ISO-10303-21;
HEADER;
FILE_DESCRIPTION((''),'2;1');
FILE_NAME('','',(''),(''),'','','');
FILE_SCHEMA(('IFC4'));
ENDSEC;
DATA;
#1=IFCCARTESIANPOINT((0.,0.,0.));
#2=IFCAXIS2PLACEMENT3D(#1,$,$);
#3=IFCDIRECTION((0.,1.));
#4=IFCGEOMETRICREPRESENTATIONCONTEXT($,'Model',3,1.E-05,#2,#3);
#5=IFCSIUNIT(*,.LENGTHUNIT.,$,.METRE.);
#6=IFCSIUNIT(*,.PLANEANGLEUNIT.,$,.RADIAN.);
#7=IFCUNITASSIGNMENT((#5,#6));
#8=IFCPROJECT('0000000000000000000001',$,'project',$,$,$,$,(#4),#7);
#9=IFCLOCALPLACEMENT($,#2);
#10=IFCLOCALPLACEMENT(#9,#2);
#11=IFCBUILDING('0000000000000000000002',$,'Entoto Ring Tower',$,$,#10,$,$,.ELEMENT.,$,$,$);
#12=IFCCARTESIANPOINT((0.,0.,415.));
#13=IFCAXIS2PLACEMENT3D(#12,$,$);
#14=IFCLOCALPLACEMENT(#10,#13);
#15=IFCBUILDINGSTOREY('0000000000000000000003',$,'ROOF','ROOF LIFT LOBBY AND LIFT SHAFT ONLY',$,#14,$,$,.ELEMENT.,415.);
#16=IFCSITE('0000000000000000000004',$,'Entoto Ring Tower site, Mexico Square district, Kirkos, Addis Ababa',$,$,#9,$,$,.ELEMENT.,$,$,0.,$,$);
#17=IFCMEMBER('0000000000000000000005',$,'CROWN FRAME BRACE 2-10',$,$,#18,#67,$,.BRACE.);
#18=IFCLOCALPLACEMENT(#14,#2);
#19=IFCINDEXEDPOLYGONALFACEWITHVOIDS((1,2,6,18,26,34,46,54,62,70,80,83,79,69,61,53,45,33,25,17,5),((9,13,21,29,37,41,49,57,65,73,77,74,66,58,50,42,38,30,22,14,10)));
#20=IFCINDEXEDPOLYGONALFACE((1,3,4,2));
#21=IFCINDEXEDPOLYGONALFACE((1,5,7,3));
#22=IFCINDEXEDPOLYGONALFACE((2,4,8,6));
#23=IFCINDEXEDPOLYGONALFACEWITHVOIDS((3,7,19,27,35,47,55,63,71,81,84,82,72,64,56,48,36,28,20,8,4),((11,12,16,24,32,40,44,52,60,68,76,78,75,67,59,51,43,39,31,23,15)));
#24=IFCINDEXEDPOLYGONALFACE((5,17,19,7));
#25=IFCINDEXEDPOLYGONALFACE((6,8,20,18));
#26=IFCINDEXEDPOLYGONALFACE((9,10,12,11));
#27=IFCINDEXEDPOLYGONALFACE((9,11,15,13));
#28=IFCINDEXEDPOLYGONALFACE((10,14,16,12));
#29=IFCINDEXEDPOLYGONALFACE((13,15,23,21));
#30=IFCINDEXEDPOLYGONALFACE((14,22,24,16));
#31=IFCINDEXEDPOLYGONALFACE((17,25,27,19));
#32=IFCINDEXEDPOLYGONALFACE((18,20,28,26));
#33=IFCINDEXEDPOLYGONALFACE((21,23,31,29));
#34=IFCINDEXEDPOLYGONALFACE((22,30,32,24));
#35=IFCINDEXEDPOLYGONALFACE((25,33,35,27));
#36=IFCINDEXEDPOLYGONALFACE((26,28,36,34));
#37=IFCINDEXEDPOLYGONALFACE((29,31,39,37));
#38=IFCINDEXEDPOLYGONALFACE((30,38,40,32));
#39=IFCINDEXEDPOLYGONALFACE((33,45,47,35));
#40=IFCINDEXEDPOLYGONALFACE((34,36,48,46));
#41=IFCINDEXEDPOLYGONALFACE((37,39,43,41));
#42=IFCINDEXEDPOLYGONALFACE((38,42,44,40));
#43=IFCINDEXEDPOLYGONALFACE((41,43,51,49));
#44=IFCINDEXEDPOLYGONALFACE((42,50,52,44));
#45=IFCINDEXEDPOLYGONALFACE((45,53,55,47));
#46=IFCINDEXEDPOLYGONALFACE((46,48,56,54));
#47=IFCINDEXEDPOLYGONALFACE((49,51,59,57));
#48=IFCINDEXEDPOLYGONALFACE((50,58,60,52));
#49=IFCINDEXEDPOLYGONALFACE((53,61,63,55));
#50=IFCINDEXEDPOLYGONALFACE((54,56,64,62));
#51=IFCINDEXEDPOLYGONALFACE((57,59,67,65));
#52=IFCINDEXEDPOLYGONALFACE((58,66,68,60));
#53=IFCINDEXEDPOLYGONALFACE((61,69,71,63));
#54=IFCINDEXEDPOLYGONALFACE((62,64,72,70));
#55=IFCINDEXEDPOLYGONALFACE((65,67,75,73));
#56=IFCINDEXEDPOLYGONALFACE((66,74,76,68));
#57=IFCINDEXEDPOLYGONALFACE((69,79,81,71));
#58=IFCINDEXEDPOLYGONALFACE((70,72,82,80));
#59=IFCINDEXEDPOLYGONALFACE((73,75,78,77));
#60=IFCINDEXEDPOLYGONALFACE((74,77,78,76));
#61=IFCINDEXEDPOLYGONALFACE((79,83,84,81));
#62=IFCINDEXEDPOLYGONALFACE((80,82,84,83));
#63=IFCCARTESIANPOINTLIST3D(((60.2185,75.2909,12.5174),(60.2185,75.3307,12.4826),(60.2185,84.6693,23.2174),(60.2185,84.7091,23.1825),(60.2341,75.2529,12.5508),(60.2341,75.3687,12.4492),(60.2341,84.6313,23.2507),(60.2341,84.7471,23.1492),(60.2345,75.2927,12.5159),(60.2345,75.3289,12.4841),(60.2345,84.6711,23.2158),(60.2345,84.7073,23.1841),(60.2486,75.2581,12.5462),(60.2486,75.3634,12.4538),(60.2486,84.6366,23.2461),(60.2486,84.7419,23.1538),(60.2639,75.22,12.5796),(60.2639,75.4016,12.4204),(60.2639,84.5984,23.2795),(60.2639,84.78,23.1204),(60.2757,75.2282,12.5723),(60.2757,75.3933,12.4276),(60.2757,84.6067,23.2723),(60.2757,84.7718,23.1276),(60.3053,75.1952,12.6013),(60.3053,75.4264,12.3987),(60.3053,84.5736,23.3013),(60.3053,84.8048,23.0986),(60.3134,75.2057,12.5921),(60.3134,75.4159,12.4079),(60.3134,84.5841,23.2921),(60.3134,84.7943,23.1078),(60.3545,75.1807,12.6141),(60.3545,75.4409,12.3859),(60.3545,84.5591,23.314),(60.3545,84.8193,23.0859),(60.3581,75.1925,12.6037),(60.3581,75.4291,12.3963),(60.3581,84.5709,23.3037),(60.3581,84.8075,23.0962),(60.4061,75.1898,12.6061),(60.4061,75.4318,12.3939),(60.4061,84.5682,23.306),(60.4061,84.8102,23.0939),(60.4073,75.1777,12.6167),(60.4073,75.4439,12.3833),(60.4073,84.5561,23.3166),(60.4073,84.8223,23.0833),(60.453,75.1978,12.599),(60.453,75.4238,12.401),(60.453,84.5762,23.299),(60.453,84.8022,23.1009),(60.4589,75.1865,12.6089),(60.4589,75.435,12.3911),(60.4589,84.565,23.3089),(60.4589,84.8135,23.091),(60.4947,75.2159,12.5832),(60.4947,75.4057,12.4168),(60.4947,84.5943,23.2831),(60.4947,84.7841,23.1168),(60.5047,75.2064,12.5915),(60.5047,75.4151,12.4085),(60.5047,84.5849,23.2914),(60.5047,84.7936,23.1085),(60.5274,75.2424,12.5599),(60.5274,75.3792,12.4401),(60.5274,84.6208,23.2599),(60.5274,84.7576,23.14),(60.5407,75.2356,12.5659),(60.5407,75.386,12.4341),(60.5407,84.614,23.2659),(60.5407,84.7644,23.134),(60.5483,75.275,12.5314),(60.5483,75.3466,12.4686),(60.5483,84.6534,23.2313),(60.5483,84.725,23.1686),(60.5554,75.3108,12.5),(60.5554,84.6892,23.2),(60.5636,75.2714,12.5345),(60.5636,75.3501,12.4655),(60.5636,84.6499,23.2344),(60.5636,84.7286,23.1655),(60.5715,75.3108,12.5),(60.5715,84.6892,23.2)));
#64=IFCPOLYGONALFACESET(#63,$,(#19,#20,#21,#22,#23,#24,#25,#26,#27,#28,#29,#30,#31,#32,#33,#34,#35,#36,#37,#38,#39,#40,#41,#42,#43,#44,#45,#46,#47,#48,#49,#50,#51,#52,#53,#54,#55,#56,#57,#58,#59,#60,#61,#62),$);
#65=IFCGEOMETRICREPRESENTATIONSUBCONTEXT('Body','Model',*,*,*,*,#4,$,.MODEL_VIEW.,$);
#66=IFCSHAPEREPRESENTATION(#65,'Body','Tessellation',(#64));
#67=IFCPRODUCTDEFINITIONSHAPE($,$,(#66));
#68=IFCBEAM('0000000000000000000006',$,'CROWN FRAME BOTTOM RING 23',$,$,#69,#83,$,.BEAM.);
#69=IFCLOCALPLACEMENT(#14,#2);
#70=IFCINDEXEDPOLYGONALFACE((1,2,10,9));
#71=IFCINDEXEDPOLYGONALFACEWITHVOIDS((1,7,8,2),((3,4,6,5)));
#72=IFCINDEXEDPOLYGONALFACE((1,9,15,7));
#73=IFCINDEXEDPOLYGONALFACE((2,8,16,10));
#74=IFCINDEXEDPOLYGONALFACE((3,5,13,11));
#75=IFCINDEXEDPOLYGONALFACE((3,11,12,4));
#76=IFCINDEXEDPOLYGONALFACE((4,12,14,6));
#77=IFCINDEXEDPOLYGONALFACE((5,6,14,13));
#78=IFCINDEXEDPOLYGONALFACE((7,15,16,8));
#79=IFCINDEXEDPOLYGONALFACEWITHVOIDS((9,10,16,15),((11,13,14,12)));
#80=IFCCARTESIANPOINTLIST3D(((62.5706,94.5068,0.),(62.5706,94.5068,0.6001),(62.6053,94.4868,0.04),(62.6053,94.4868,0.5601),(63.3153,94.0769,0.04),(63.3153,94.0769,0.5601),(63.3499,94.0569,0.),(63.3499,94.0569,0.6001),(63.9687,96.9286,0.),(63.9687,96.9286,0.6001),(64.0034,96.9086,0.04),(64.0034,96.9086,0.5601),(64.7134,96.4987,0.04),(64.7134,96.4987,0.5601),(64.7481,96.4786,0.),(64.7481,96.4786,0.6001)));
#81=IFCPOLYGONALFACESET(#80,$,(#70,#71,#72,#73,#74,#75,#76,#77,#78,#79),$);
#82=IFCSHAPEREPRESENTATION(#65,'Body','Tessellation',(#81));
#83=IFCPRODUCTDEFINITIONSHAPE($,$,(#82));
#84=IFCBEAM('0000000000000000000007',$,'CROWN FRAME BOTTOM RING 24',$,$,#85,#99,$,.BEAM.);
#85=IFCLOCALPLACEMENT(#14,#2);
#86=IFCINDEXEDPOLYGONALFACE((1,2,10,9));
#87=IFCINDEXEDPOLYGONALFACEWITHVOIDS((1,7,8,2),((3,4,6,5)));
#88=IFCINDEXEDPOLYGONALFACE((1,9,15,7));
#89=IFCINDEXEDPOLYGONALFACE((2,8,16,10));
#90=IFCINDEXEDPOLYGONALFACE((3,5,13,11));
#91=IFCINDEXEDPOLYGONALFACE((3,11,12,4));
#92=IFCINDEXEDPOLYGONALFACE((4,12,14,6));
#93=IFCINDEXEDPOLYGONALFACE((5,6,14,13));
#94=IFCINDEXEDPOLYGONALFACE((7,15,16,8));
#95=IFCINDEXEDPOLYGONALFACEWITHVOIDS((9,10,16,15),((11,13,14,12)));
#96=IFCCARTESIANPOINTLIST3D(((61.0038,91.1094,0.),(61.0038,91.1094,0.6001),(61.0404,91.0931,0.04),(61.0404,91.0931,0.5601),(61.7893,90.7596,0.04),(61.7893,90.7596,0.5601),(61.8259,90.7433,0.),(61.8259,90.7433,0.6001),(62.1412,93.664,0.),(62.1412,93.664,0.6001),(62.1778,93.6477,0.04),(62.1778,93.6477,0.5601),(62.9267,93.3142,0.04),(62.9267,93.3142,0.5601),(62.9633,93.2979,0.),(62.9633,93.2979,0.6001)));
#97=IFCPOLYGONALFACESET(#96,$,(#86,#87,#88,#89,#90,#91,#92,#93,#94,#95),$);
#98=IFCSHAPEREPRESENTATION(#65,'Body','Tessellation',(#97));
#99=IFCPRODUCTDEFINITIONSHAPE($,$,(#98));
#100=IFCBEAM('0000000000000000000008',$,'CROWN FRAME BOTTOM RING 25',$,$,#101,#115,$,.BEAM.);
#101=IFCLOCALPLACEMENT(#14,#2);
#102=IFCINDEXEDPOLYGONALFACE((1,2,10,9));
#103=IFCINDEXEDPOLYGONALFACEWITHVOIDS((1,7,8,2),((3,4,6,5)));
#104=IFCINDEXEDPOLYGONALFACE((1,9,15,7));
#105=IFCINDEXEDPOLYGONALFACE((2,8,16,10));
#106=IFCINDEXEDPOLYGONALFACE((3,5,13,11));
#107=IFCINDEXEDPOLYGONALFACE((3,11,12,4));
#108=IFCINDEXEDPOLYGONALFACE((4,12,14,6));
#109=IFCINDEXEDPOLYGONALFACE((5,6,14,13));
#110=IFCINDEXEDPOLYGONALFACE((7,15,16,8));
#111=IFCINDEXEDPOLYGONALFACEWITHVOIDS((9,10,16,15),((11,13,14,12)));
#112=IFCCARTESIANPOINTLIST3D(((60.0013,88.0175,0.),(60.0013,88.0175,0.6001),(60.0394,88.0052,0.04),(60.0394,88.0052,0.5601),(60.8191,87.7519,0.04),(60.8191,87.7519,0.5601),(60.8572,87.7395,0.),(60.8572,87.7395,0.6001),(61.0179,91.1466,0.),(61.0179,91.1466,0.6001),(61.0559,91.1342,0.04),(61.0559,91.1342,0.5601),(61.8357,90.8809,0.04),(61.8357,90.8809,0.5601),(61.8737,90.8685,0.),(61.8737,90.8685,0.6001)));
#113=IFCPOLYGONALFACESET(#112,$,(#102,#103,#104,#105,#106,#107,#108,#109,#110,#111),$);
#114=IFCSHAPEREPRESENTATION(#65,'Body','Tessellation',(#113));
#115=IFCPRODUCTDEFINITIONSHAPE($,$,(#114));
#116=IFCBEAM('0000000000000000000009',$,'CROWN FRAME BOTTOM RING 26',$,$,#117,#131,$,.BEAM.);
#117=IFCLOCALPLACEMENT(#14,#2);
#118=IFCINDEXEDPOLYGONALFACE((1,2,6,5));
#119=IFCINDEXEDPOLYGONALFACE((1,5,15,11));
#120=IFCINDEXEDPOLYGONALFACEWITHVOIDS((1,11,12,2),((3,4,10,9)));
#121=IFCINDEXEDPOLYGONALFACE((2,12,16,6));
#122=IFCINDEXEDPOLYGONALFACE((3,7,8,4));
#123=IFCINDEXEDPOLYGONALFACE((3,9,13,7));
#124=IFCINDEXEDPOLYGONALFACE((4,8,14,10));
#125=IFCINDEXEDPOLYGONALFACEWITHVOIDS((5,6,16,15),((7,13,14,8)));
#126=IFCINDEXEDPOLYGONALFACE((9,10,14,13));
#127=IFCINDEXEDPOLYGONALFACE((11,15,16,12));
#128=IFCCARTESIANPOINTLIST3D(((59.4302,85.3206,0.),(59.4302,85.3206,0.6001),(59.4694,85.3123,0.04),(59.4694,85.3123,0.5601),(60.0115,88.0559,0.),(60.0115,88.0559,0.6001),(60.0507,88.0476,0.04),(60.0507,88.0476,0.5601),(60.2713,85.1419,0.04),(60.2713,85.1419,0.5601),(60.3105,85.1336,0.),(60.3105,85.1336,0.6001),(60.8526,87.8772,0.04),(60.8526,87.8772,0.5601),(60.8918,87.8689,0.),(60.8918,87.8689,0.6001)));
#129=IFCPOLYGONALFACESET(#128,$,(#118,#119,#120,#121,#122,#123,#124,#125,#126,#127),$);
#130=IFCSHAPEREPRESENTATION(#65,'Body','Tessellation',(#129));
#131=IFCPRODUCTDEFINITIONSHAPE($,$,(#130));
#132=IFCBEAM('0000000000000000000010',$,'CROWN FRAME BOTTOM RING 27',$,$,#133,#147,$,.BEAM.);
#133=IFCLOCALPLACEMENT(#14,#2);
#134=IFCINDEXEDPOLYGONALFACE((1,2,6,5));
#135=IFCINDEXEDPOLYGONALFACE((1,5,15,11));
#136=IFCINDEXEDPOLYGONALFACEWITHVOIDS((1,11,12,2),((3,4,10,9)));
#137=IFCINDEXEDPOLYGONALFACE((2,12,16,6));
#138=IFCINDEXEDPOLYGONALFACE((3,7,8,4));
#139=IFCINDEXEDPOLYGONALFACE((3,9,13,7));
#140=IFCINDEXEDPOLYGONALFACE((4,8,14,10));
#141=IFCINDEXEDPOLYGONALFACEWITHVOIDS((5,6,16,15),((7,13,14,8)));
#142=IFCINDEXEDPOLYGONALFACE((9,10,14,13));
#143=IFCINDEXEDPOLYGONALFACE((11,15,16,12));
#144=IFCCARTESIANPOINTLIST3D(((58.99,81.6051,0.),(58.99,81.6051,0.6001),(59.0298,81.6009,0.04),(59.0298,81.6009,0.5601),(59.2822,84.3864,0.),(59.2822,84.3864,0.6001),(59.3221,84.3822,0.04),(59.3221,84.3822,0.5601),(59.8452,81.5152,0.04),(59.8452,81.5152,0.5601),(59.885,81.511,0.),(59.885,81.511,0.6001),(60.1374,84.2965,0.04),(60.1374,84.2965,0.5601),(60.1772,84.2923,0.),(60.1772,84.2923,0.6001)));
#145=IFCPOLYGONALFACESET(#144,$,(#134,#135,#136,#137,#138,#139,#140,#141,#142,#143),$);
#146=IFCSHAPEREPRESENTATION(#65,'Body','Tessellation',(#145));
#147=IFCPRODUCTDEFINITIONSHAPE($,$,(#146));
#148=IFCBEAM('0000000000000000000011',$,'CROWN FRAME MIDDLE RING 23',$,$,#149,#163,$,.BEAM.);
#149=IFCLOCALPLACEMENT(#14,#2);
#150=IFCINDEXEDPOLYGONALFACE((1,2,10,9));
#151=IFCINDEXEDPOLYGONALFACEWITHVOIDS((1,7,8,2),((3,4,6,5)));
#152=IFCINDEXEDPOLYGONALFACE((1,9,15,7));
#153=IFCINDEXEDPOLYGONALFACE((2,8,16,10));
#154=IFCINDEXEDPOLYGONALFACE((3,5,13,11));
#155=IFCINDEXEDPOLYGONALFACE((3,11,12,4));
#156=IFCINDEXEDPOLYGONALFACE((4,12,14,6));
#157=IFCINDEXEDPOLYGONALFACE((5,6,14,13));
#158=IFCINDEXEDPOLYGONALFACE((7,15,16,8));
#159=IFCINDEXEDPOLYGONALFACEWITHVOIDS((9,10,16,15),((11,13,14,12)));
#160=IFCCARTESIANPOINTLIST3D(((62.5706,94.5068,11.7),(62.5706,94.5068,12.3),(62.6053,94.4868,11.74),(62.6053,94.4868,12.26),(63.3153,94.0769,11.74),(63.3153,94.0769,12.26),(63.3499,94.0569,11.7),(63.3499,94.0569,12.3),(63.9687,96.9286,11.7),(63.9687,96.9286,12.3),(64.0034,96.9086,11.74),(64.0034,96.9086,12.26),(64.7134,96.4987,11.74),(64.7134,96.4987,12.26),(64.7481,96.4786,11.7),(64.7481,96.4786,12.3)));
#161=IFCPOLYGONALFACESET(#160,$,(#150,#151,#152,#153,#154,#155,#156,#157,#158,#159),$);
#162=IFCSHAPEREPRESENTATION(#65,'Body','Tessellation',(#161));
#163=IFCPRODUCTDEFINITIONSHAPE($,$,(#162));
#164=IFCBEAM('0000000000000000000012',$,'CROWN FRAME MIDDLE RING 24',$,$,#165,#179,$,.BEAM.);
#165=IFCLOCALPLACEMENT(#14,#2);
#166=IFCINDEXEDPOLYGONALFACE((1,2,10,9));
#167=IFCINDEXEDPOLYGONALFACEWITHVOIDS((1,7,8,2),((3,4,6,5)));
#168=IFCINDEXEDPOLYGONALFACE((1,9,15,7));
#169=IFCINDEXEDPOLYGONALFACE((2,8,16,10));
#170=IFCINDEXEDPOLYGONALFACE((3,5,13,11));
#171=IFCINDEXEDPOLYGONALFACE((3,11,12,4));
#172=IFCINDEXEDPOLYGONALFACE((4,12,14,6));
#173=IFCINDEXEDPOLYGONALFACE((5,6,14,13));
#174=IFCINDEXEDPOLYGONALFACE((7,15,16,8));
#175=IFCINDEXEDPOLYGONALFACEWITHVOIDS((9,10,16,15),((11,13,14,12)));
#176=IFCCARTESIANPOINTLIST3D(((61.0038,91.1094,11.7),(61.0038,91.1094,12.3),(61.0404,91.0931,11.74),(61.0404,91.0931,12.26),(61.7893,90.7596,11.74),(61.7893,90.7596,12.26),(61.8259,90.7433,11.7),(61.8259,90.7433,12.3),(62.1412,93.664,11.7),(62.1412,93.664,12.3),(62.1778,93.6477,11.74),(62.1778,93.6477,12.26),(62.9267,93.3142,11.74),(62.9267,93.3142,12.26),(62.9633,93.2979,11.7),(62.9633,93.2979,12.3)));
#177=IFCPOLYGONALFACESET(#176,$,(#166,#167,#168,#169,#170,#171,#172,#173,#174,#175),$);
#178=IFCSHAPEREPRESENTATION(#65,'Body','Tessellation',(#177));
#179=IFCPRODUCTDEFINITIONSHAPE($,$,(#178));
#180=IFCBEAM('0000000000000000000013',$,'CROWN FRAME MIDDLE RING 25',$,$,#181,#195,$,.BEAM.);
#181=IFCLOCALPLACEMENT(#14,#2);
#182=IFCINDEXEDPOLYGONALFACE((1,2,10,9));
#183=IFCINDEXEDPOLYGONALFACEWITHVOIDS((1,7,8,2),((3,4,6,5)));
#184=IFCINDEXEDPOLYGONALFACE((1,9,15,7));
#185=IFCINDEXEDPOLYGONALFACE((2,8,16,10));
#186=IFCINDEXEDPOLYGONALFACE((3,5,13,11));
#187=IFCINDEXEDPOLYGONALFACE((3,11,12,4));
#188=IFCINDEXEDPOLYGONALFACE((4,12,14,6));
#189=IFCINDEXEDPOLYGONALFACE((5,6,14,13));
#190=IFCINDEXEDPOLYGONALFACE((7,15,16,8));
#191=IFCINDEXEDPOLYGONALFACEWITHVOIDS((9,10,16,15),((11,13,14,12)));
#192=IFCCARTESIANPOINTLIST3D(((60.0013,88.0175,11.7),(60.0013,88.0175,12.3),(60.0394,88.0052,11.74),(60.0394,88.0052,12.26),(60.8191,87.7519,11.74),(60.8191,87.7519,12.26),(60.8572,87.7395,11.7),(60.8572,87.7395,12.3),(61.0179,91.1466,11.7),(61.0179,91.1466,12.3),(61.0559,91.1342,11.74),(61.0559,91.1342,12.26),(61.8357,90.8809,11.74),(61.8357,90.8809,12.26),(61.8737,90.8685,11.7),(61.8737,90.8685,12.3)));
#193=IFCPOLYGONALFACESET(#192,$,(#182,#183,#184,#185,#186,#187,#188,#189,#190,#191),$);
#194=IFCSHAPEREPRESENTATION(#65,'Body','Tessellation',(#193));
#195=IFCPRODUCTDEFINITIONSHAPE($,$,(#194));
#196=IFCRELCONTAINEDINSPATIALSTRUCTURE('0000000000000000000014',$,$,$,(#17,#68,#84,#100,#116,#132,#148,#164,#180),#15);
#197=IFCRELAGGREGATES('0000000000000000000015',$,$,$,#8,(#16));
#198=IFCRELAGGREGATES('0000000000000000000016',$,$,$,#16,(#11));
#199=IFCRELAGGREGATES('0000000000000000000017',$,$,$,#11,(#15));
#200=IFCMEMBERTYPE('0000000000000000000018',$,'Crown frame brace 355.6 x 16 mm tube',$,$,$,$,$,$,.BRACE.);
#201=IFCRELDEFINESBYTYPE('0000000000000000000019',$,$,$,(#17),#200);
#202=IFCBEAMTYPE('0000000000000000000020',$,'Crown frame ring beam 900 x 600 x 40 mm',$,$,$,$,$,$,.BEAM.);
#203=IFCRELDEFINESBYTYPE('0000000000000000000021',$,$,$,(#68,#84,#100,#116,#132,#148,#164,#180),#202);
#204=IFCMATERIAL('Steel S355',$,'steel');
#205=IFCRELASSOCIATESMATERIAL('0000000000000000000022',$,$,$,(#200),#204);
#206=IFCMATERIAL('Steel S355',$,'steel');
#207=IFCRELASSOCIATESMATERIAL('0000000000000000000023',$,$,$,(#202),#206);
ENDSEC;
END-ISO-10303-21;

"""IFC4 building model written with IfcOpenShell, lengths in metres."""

from ifc_helpers import new_model, si_unit, direction, frame, origin, origin_2d, place, context, subcontext, project, spatial, hollow_rectangle, hollow_circle, extrude, material, material_profile, profile_set, type_object, element, save


model = new_model("IFC4")

# Units and contexts
model_context = context("Model", 3, precision=1e-05, world=origin(), true_north=direction((0.0, 1.0)))
body_context = subcontext(model_context, "Body", "Model", "MODEL_VIEW")
ifc_project = project(units=[si_unit("LENGTHUNIT", "METRE"), si_unit("PLANEANGLEUNIT", "RADIAN")], contexts=[model_context])

# Site, building, storey
site_placement = place(None, origin())
site = spatial("IfcSite", under=ifc_project, at=site_placement, Name="Entoto Ring Tower site, Mexico Square district, Kirkos, Addis Ababa", CompositionType="ELEMENT", RefElevation=0.0)
building_placement = place(site_placement, origin())
building = spatial("IfcBuilding", under=site, at=building_placement, Name="Entoto Ring Tower", CompositionType="ELEMENT")
storey_placement = place(building_placement, frame((0.0, 0.0, 415.0)))
storey = spatial("IfcBuildingStorey", under=building, at=storey_placement, Name="ROOF", Description="ROOF LIFT LOBBY AND LIFT SHAFT ONLY", CompositionType="ELEMENT", Elevation=415.0)

# Member
ifc_material_1 = material(Name="Steel S355", Category="steel")
ifc_material_profile_1 = material_profile(ifc_material_1, hollow_circle(Radius=0.1775, WallThickness=0.0161, at=origin_2d()), Name="Crown frame brace 355.6 x 16 mm tube")
ifc_profile_set_1 = profile_set([ifc_material_profile_1], Name="Steel S355")
member_type_1 = type_object("IfcMemberType", Name="Crown frame brace 355.6 x 16 mm tube", PredefinedType="BRACE", material=ifc_profile_set_1)
member_1_placement = place(storey_placement, frame((60.394, 84.6892, 23.2), z_axis=(0.0, -0.65914, -0.752021), x_axis=(1.0, 0.0, 0.0)))
element("IfcMember", 1, at=member_1_placement, inside=storey, type_object=member_type_1, Name="CROWN FRAME BRACE 2-10", PredefinedType="BRACE", context=body_context, shape_type="SweptSolid", body=[
    extrude(hollow_circle(Radius=0.1775, WallThickness=0.0161, at=origin_2d()), origin(), (0.0, 0.0, 1.0), 14.2283),
])

# Beams
ifc_material_2 = material(Name="Steel S355", Category="steel")
ifc_material_profile_2 = material_profile(ifc_material_2, hollow_rectangle(XDim=0.8999, YDim=0.6001, WallThickness=0.04, at=origin_2d()), Name="Crown frame ring beam 900 x 600 x 40 mm")
ifc_profile_set_2 = profile_set([ifc_material_profile_2], Name="Steel S355")
beam_type_1 = type_object("IfcBeamType", Name="Crown frame ring beam 900 x 600 x 40 mm", PredefinedType="BEAM", material=ifc_profile_set_2)
for number, where, z_axis, x_axis, name in (
    (2, (64.3584, 96.7036, 0.3), (-0.499979, -0.866037, 0.0), (0.866037, -0.499979, 0.0), "CROWN FRAME BOTTOM RING 23"),
    (3, (62.5522, 93.481, 0.3), (-0.406746, -0.913541, 0.0), (0.913541, -0.406746, 0.0), "CROWN FRAME BOTTOM RING 24"),
):
    element("IfcBeam", number, at=place(storey_placement, frame(where, z_axis=z_axis, x_axis=x_axis)), inside=storey, type_object=beam_type_1, Name=name, PredefinedType="BEAM", context=body_context, shape_type="SweptSolid", body=[
        extrude(hollow_rectangle(XDim=0.8999, YDim=0.6001, WallThickness=0.04, at=origin_2d()), origin(), (0.0, 0.0, 1.0), 2.7964),
    ])
beam_1_placement = place(storey_placement, frame((61.4458, 91.0076, 0.3), z_axis=(-0.308984, -0.951067, 0.0), x_axis=(0.951067, -0.308984, 0.0)))
element("IfcBeam", 4, at=beam_1_placement, inside=storey, type_object=beam_type_1, Name="CROWN FRAME BOTTOM RING 25", PredefinedType="BEAM", context=body_context, shape_type="SweptSolid", body=[
    extrude(hollow_rectangle(XDim=0.8999, YDim=0.6001, WallThickness=0.04, at=origin_2d()), origin(), (0.0, 0.0, 1.0), 3.29),
])
beam_2_placement = place(storey_placement, frame((60.4517, 87.9624, 0.3), z_axis=(-0.207871, -0.978156, 0.0), x_axis=(0.978156, -0.207871, 0.0)))
element("IfcBeam", 5, at=beam_2_placement, inside=storey, type_object=beam_type_1, Name="CROWN FRAME BOTTOM RING 26", PredefinedType="BEAM", context=body_context, shape_type="SweptSolid", body=[
    extrude(hollow_rectangle(XDim=0.8999, YDim=0.6001, WallThickness=0.04, at=origin_2d()), origin(), (0.0, 0.0, 1.0), 2.7964),
])
beam_3_placement = place(storey_placement, frame((59.7297, 84.3394, 0.3), z_axis=(-0.104498, -0.994525, 0.0), x_axis=(0.994525, -0.104498, 0.0)))
element("IfcBeam", 6, at=beam_3_placement, inside=storey, type_object=beam_type_1, Name="CROWN FRAME BOTTOM RING 27", PredefinedType="BEAM", context=body_context, shape_type="SweptSolid", body=[
    extrude(hollow_rectangle(XDim=0.8999, YDim=0.6001, WallThickness=0.04, at=origin_2d()), origin(), (0.0, 0.0, 1.0), 2.7966),
])
for number, where, z_axis, x_axis, name in (
    (7, (64.3584, 96.7036, 12.0), (-0.499979, -0.866037, 0.0), (0.866037, -0.499979, 0.0), "CROWN FRAME MIDDLE RING 23"),
    (8, (62.5522, 93.481, 12.0), (-0.406746, -0.913541, 0.0), (0.913541, -0.406746, 0.0), "CROWN FRAME MIDDLE RING 24"),
):
    element("IfcBeam", number, at=place(storey_placement, frame(where, z_axis=z_axis, x_axis=x_axis)), inside=storey, type_object=beam_type_1, Name=name, PredefinedType="BEAM", context=body_context, shape_type="SweptSolid", body=[
        extrude(hollow_rectangle(XDim=0.8999, YDim=0.6001, WallThickness=0.04, at=origin_2d()), origin(), (0.0, 0.0, 1.0), 2.7964),
    ])
beam_4_placement = place(storey_placement, frame((61.4458, 91.0076, 12.0), z_axis=(-0.308984, -0.951067, 0.0), x_axis=(0.951067, -0.308984, 0.0)))
element("IfcBeam", 9, at=beam_4_placement, inside=storey, type_object=beam_type_1, Name="CROWN FRAME MIDDLE RING 25", PredefinedType="BEAM", context=body_context, shape_type="SweptSolid", body=[
    extrude(hollow_rectangle(XDim=0.8999, YDim=0.6001, WallThickness=0.04, at=origin_2d()), origin(), (0.0, 0.0, 1.0), 3.29),
])

save(model, "model.ifc")
